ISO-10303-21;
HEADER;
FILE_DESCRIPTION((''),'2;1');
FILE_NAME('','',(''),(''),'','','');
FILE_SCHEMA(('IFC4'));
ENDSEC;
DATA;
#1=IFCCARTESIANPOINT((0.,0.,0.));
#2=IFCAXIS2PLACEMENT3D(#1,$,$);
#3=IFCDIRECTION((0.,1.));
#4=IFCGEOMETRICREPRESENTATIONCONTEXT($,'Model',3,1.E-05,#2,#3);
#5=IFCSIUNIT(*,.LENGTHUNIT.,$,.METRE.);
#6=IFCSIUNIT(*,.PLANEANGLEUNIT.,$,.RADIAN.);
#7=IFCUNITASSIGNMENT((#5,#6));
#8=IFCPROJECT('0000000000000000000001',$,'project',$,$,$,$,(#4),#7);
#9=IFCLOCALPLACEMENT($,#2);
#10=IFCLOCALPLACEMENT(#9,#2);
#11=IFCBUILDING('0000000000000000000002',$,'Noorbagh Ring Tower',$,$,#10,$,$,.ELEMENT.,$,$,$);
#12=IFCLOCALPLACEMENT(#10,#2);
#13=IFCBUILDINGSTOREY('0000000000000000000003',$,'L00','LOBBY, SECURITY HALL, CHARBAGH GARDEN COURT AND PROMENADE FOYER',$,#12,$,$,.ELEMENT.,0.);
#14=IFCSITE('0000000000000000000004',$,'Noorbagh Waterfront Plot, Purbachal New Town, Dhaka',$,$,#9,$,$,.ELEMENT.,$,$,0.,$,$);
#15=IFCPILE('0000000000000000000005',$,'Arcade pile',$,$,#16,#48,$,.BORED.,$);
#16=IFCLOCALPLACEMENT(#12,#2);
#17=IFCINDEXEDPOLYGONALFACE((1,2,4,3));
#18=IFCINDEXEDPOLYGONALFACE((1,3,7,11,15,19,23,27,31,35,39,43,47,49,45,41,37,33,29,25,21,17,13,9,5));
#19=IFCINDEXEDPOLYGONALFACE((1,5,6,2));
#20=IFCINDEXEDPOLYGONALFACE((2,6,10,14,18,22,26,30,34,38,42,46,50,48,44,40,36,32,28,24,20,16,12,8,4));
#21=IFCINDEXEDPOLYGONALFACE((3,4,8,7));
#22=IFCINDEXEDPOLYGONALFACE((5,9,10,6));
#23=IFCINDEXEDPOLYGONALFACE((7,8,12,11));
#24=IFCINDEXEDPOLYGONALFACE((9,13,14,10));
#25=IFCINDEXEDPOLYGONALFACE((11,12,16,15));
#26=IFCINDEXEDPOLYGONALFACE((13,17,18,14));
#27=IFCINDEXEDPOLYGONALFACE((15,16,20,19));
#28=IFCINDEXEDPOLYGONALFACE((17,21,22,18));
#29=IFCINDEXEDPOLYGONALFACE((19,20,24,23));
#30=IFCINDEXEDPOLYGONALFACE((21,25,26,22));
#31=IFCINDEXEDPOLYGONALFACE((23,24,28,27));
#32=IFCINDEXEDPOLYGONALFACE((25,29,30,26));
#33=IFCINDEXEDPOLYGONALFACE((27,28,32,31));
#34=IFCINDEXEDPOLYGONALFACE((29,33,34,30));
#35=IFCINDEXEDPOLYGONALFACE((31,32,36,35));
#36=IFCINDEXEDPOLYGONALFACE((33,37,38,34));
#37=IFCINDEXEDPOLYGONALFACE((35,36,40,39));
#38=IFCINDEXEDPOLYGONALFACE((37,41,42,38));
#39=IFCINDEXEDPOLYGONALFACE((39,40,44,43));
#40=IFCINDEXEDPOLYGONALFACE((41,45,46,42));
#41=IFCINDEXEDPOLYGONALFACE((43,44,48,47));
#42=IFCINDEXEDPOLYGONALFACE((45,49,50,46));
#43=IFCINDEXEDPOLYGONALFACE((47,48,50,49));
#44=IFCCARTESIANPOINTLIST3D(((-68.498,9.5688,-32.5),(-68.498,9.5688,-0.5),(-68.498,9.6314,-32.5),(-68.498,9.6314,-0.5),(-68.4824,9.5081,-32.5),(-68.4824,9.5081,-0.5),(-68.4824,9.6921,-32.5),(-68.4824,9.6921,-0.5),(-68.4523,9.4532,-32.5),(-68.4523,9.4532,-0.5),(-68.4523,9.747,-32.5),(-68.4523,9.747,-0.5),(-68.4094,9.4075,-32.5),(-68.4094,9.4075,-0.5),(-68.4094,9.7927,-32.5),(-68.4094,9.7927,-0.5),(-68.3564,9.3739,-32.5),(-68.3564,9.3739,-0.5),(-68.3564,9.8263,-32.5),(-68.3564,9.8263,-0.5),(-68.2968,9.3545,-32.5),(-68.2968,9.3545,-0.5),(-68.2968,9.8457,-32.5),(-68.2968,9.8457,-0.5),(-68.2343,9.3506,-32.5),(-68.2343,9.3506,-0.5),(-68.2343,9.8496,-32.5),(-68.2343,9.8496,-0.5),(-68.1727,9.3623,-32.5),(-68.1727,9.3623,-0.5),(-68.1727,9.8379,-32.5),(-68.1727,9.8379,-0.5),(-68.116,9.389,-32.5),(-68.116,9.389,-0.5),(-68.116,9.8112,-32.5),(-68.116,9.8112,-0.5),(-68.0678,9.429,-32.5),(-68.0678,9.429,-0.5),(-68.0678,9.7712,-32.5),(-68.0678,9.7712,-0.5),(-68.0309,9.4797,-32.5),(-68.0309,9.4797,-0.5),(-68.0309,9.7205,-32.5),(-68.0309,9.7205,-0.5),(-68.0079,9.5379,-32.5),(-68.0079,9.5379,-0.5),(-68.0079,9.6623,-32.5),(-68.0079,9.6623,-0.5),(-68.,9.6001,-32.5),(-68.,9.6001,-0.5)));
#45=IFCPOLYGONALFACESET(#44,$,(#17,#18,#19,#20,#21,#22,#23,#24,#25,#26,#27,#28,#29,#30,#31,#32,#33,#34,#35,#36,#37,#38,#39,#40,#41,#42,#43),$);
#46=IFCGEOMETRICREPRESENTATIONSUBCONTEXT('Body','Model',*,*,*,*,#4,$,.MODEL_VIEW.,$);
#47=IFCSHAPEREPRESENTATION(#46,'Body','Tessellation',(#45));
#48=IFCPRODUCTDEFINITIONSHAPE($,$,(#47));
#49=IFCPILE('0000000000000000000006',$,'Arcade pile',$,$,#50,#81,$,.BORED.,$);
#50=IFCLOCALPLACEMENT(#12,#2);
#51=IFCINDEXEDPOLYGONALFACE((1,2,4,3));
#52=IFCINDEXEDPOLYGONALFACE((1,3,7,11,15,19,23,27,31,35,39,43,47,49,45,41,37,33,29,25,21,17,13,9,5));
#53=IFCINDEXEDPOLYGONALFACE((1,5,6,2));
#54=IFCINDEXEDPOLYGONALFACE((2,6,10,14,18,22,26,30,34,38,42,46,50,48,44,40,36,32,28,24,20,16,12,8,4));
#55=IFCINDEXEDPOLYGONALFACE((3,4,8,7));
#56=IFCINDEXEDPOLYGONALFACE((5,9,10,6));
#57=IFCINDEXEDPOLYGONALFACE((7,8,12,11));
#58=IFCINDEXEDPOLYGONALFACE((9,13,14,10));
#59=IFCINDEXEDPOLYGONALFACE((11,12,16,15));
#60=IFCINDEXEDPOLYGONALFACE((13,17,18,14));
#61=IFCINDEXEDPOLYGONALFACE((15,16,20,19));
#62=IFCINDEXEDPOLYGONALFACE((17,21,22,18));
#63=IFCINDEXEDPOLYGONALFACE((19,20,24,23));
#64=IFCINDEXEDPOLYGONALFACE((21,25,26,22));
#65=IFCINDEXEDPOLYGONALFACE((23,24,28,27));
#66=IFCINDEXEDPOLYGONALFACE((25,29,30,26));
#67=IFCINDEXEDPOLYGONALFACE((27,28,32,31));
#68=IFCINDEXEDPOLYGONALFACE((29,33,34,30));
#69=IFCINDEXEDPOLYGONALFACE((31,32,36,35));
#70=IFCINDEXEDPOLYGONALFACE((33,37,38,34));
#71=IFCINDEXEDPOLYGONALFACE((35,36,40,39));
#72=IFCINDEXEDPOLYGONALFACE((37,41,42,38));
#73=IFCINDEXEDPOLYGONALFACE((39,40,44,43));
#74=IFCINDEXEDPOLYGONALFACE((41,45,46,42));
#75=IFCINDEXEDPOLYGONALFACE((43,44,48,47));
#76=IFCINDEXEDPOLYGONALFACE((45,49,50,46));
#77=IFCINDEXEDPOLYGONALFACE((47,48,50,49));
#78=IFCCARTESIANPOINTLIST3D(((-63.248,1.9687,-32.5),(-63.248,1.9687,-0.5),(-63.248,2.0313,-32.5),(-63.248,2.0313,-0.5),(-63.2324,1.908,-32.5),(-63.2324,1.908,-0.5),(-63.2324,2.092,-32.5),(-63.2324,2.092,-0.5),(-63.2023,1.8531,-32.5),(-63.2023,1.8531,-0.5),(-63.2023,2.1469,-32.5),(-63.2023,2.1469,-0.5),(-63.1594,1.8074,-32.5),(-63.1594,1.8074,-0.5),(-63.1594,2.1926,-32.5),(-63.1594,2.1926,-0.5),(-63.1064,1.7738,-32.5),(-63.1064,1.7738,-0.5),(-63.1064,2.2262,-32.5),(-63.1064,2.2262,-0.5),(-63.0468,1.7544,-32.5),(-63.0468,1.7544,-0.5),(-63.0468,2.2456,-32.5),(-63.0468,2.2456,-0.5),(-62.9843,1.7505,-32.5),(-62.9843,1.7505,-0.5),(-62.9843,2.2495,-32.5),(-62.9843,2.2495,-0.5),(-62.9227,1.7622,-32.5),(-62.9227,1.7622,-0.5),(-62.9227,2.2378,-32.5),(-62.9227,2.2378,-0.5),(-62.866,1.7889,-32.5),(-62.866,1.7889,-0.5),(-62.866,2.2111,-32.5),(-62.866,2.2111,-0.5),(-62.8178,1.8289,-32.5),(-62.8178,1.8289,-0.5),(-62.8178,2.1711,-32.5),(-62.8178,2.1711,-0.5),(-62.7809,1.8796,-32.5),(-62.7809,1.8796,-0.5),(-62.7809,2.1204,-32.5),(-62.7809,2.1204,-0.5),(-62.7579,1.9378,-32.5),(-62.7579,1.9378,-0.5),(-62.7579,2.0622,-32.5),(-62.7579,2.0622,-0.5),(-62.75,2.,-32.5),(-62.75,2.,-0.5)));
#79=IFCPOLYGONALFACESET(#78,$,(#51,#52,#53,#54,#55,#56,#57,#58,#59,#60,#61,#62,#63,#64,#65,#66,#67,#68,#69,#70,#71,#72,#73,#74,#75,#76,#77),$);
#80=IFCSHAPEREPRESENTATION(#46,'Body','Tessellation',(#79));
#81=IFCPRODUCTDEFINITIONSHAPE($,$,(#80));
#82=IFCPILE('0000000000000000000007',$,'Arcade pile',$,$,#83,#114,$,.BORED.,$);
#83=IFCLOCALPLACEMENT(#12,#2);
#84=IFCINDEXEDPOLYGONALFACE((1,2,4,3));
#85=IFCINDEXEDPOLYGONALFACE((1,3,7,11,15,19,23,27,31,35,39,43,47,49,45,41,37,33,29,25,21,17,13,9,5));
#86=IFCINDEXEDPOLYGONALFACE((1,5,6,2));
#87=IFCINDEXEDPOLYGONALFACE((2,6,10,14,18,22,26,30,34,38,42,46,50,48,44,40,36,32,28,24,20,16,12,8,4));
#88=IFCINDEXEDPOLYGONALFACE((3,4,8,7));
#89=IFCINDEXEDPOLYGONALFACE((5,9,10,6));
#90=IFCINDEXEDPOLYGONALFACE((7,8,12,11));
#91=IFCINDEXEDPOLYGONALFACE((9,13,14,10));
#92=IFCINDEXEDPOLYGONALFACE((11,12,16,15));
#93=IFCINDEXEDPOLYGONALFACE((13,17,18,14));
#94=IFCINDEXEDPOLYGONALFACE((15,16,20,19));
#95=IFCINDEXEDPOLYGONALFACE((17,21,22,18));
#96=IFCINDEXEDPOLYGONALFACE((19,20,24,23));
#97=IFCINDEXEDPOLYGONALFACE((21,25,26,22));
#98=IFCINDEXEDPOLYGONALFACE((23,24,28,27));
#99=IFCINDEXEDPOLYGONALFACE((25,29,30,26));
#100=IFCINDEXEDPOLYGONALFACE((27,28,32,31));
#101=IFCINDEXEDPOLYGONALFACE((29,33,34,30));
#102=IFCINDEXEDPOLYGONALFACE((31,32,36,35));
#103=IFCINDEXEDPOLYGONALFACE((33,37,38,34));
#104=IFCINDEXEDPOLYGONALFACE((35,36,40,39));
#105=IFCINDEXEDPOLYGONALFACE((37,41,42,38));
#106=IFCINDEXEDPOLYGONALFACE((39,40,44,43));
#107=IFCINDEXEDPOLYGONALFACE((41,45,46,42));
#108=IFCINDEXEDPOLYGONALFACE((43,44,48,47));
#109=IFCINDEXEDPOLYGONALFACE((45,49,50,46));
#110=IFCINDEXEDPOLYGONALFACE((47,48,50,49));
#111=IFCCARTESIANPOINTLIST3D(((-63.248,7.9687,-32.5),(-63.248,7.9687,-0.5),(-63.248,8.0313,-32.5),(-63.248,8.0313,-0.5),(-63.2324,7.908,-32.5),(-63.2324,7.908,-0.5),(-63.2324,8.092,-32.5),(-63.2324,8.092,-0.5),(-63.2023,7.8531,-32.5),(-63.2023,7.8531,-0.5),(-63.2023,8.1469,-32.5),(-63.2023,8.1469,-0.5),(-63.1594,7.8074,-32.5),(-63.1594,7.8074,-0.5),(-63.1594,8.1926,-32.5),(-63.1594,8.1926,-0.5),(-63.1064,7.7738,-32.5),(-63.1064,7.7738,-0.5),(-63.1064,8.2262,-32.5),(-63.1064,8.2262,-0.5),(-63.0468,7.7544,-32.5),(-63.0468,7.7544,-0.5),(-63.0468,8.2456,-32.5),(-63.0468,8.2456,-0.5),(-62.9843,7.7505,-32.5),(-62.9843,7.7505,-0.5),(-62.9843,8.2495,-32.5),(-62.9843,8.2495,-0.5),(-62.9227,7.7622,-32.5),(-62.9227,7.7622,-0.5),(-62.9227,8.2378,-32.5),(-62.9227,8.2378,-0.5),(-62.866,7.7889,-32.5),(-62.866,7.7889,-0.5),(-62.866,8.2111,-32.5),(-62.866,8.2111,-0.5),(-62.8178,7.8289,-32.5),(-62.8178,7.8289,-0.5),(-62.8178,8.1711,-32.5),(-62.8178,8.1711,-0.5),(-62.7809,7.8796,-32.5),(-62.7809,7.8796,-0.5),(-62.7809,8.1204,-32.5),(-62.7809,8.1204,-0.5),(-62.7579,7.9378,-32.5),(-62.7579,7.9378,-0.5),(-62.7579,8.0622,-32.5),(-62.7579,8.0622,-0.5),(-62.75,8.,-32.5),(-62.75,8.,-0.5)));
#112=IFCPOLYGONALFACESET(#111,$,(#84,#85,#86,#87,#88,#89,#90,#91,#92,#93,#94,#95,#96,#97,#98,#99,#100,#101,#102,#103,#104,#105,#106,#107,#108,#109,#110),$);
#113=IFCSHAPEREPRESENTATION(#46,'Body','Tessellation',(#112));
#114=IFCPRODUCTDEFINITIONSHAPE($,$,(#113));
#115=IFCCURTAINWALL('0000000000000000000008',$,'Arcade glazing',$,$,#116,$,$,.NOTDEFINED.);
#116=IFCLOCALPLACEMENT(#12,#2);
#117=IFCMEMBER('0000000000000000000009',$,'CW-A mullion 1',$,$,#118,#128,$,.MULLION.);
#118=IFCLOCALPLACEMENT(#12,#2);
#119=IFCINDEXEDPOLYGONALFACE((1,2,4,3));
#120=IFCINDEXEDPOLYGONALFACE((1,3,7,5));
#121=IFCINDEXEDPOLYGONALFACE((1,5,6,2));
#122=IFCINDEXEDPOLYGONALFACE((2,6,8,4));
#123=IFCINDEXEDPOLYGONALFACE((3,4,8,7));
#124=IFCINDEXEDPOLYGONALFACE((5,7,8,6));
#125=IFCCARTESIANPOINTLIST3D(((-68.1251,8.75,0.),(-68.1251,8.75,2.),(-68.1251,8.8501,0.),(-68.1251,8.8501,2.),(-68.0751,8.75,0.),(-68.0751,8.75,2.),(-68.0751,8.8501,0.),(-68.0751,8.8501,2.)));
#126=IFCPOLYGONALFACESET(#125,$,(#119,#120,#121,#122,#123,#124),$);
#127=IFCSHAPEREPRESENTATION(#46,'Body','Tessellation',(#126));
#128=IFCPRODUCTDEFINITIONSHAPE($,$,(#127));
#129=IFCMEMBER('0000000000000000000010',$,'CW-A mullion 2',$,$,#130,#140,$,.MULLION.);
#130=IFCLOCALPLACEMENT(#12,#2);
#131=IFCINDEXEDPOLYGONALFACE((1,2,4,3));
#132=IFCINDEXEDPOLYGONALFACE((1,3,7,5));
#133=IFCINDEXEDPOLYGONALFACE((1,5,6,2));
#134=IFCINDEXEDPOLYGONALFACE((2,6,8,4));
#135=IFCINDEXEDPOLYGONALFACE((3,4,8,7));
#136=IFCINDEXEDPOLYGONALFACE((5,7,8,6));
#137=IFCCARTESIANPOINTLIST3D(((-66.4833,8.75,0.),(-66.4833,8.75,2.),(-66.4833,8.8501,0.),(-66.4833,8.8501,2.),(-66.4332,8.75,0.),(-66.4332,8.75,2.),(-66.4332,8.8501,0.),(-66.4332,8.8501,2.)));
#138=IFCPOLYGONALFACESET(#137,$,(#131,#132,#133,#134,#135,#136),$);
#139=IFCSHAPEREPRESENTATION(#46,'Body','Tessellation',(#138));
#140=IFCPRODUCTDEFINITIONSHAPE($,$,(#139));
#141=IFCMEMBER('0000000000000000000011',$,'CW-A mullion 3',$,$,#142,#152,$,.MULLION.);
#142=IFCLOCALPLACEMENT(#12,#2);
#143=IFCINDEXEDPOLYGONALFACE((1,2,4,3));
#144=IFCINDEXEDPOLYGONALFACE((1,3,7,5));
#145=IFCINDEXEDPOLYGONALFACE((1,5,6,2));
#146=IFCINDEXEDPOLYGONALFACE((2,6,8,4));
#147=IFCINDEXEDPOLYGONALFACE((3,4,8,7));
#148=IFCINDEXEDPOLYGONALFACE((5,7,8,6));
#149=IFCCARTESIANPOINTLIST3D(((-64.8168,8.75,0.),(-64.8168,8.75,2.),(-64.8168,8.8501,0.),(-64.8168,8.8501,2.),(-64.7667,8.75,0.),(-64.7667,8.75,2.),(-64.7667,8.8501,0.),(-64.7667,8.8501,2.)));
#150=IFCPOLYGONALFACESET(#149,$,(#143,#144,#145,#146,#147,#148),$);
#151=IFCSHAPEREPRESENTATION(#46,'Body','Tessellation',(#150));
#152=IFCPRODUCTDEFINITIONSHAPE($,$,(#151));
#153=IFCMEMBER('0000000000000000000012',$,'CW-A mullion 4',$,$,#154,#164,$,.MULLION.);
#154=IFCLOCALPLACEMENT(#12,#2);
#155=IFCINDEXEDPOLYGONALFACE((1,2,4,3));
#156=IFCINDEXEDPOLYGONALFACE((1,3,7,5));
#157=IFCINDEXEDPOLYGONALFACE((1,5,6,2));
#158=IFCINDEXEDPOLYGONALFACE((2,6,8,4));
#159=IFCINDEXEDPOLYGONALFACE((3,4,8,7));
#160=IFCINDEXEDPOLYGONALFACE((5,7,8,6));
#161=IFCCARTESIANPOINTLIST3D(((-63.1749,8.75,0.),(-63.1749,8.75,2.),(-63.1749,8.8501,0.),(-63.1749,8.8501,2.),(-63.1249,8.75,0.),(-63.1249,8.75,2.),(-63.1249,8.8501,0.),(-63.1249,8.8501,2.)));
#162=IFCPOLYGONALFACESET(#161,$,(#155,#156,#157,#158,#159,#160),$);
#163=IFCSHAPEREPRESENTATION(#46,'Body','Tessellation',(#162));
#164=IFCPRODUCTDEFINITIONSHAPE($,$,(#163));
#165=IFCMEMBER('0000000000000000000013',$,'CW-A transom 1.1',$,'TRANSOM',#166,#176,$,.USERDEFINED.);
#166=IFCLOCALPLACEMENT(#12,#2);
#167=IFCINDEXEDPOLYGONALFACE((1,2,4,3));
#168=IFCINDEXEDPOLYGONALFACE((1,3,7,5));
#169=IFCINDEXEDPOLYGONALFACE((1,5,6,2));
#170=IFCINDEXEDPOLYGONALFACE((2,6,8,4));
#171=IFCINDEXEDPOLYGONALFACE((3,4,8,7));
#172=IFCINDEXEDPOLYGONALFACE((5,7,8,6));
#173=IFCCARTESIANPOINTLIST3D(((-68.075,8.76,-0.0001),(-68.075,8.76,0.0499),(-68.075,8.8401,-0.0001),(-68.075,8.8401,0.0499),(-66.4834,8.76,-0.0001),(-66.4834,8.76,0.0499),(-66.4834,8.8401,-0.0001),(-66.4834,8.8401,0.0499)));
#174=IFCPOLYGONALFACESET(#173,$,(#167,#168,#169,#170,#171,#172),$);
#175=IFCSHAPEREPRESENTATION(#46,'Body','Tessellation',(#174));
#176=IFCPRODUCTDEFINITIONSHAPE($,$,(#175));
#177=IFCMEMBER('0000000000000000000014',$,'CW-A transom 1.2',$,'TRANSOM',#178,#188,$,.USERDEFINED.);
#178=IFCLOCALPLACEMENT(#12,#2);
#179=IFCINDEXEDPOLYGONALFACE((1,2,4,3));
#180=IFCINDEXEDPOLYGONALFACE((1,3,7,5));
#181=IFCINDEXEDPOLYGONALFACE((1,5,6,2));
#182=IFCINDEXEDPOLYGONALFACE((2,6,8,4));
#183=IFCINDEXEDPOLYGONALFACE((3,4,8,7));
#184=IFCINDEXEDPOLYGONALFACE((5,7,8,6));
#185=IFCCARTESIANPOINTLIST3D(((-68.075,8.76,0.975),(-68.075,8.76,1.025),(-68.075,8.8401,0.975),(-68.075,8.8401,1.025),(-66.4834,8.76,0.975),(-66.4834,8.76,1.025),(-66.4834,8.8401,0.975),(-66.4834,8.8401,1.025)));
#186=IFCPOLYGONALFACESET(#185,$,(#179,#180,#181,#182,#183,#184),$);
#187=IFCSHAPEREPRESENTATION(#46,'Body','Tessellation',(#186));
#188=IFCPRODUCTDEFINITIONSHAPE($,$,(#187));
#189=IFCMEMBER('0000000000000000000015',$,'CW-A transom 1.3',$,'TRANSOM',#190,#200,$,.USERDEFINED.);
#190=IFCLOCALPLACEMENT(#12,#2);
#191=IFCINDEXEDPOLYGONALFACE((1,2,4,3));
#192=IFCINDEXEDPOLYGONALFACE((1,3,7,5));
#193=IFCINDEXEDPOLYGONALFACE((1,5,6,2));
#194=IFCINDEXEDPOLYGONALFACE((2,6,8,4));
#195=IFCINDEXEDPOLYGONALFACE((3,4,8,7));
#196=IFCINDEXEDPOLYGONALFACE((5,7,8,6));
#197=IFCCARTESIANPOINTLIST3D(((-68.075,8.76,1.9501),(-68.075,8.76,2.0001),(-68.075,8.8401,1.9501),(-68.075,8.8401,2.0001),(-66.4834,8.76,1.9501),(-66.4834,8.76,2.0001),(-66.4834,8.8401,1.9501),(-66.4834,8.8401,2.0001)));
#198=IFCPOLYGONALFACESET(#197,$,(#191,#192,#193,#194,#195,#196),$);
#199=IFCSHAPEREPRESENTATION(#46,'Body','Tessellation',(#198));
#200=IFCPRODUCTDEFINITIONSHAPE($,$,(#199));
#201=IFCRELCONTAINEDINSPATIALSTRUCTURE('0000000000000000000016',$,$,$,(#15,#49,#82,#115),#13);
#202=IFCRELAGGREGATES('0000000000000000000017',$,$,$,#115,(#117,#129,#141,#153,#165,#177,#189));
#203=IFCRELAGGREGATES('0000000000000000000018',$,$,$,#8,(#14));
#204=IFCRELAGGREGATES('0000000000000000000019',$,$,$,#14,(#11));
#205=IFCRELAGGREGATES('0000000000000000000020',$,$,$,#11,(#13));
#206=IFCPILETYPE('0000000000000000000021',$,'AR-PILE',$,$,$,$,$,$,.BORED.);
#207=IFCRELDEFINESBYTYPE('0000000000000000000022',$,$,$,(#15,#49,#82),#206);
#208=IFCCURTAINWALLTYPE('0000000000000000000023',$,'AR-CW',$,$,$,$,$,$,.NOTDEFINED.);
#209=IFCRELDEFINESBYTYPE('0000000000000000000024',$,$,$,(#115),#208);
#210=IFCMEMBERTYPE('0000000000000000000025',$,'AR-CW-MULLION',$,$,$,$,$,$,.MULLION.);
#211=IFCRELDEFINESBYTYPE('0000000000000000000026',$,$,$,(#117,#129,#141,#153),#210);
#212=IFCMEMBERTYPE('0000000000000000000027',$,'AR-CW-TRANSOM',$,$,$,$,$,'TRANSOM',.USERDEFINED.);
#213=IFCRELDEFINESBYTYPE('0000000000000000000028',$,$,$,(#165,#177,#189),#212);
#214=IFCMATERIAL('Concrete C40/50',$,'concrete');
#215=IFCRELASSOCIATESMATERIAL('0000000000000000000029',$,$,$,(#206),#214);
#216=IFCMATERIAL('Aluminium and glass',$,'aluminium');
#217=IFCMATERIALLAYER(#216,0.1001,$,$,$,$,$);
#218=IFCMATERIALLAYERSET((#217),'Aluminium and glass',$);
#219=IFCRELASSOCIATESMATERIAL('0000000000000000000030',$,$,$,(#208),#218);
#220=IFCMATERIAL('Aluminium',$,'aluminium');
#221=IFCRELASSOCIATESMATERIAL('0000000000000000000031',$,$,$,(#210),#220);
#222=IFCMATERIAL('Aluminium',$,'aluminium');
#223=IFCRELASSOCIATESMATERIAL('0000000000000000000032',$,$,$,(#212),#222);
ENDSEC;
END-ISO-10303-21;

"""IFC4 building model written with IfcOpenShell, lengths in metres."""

from ifc_helpers import new_model, si_unit, direction, frame, origin, origin_2d, place, context, subcontext, project, spatial, rectangle, circle, extrude, material, layer, layer_set, material_profile, profile_set, type_object, element, aggregate, save


model = new_model("IFC4")

# Units and contexts
model_context = context("Model", 3, precision=1e-05, world=origin(), true_north=direction((0.0, 1.0)))
body_context = subcontext(model_context, "Body", "Model", "MODEL_VIEW")
ifc_project = project(units=[si_unit("LENGTHUNIT", "METRE"), si_unit("PLANEANGLEUNIT", "RADIAN")], contexts=[model_context])

# Site, building, storey
site_placement = place(None, origin())
site = spatial("IfcSite", under=ifc_project, at=site_placement, Name="Noorbagh Waterfront Plot, Purbachal New Town, Dhaka", CompositionType="ELEMENT", RefElevation=0.0)
building_placement = place(site_placement, origin())
building = spatial("IfcBuilding", under=site, at=building_placement, Name="Noorbagh Ring Tower", CompositionType="ELEMENT")
storey_placement = place(building_placement, origin())
storey = spatial("IfcBuildingStorey", under=building, at=storey_placement, Name="L00", Description="LOBBY, SECURITY HALL, CHARBAGH GARDEN COURT AND PROMENADE FOYER", CompositionType="ELEMENT", Elevation=0.0)

# Piles
ifc_material_1 = material(Name="Concrete C40/50", Category="concrete")
ifc_material_profile_1 = material_profile(ifc_material_1, circle(Radius=0.25, at=origin_2d()), Name="PILE500")
ifc_profile_set_1 = profile_set([ifc_material_profile_1], Name="Concrete C40/50")
pile_type = type_object("IfcPileType", Name="AR-PILE", PredefinedType="BORED", material=ifc_profile_set_1)
for number, where, z_axis, x_axis, name in (
    (1, (-68.25, 9.6001, -0.5), (0.0, 0.0, -1.0), (1.0, 0.0, 0.0), "Arcade pile"),
    (2, (-63.0, 2.0, -0.5), (0.0, 0.0, -1.0), (1.0, 0.0, 0.0), "Arcade pile"),
    (3, (-63.0, 8.0, -0.5), (0.0, 0.0, -1.0), (1.0, 0.0, 0.0), "Arcade pile"),
):
    element("IfcPile", number, at=place(storey_placement, frame(where, z_axis=z_axis, x_axis=x_axis)), inside=storey, type_object=pile_type, Name=name, PredefinedType="BORED", context=body_context, shape_type="SweptSolid", body=[
        extrude(circle(Radius=0.25, at=origin_2d()), origin(), (0.0, 0.0, 1.0), 32.0),
    ])

# Curtain wall, members
ifc_material_2 = material(Name="Aluminium and glass", Category="aluminium")
ifc_layer_1 = layer(ifc_material_2, 0.1001)
ifc_layer_set_1 = layer_set([ifc_layer_1], Name="Aluminium and glass")
curtain_wall_type = type_object("IfcCurtainWallType", Name="AR-CW", PredefinedType="NOTDEFINED", material=ifc_layer_set_1)
curtain_wall_placement = place(storey_placement, origin())
curtain_wall = element("IfcCurtainWall", 4, at=curtain_wall_placement, inside=storey, type_object=curtain_wall_type, Name="Arcade glazing", PredefinedType="NOTDEFINED")
ifc_material_3 = material(Name="Aluminium", Category="aluminium")
ifc_material_profile_2 = material_profile(ifc_material_3, rectangle(XDim=0.1001, YDim=0.05, at=origin_2d()), Name="AL 100x50")
ifc_profile_set_2 = profile_set([ifc_material_profile_2], Name="Aluminium")
member_type_1 = type_object("IfcMemberType", Name="AR-CW-MULLION", PredefinedType="MULLION", material=ifc_profile_set_2)
member_1_placement = place(storey_placement, frame((-68.1001, 8.8, 0.0), z_axis=(0.0, 0.0, 1.0), x_axis=(0.0, 1.0, 0.0)))
member_1 = element("IfcMember", 5, at=member_1_placement, type_object=member_type_1, Name="CW-A mullion 1", PredefinedType="MULLION", context=body_context, shape_type="SweptSolid", body=[
    extrude(rectangle(XDim=0.1001, YDim=0.05, at=origin_2d()), origin(), (0.0, 0.0, 1.0), 2.0),
])
member_2_placement = place(storey_placement, frame((-66.4583, 8.8, 0.0), z_axis=(0.0, 0.0, 1.0), x_axis=(0.0, 1.0, 0.0)))
member_2 = element("IfcMember", 6, at=member_2_placement, type_object=member_type_1, Name="CW-A mullion 2", PredefinedType="MULLION", context=body_context, shape_type="SweptSolid", body=[
    extrude(rectangle(XDim=0.1001, YDim=0.05, at=origin_2d()), origin(), (0.0, 0.0, 1.0), 2.0),
])
member_3_placement = place(storey_placement, frame((-64.7917, 8.8, 0.0), z_axis=(0.0, 0.0, 1.0), x_axis=(0.0, 1.0, 0.0)))
member_3 = element("IfcMember", 7, at=member_3_placement, type_object=member_type_1, Name="CW-A mullion 3", PredefinedType="MULLION", context=body_context, shape_type="SweptSolid", body=[
    extrude(rectangle(XDim=0.1001, YDim=0.05, at=origin_2d()), origin(), (0.0, 0.0, 1.0), 2.0),
])
member_4_placement = place(storey_placement, frame((-63.1499, 8.8, 0.0), z_axis=(0.0, 0.0, 1.0), x_axis=(0.0, 1.0, 0.0)))
member_4 = element("IfcMember", 8, at=member_4_placement, type_object=member_type_1, Name="CW-A mullion 4", PredefinedType="MULLION", context=body_context, shape_type="SweptSolid", body=[
    extrude(rectangle(XDim=0.1001, YDim=0.05, at=origin_2d()), origin(), (0.0, 0.0, 1.0), 2.0),
])
ifc_material_4 = material(Name="Aluminium", Category="aluminium")
ifc_material_profile_3 = material_profile(ifc_material_4, rectangle(XDim=0.0801, YDim=0.05, at=origin_2d()), Name="AL 80x50")
ifc_profile_set_3 = profile_set([ifc_material_profile_3], Name="Aluminium")
member_type_2 = type_object("IfcMemberType", Name="AR-CW-TRANSOM", ElementType="TRANSOM", PredefinedType="USERDEFINED", material=ifc_profile_set_3)
member_5_placement = place(storey_placement, frame((-68.075, 8.8, 0.0249), z_axis=(1.0, 0.0, 0.0), x_axis=(0.0, 1.0, 0.0)))
member_5 = element("IfcMember", 9, at=member_5_placement, type_object=member_type_2, Name="CW-A transom 1.1", ObjectType="TRANSOM", PredefinedType="USERDEFINED", context=body_context, shape_type="SweptSolid", body=[
    extrude(rectangle(XDim=0.0801, YDim=0.05, at=origin_2d()), origin(), (0.0, 0.0, 1.0), 1.5916),
])
member_6_placement = place(storey_placement, frame((-68.075, 8.8, 1.0), z_axis=(1.0, 0.0, 0.0), x_axis=(0.0, 1.0, 0.0)))
member_6 = element("IfcMember", 10, at=member_6_placement, type_object=member_type_2, Name="CW-A transom 1.2", ObjectType="TRANSOM", PredefinedType="USERDEFINED", context=body_context, shape_type="SweptSolid", body=[
    extrude(rectangle(XDim=0.0801, YDim=0.05, at=origin_2d()), origin(), (0.0, 0.0, 1.0), 1.5916),
])
member_7_placement = place(storey_placement, frame((-68.075, 8.8, 1.9751), z_axis=(1.0, 0.0, 0.0), x_axis=(0.0, 1.0, 0.0)))
member_7 = element("IfcMember", 11, at=member_7_placement, type_object=member_type_2, Name="CW-A transom 1.3", ObjectType="TRANSOM", PredefinedType="USERDEFINED", context=body_context, shape_type="SweptSolid", body=[
    extrude(rectangle(XDim=0.0801, YDim=0.05, at=origin_2d()), origin(), (0.0, 0.0, 1.0), 1.5916),
])

aggregate(curtain_wall, [member_1, member_2, member_3, member_4, member_5, member_6, member_7])

save(model, "model.ifc")
